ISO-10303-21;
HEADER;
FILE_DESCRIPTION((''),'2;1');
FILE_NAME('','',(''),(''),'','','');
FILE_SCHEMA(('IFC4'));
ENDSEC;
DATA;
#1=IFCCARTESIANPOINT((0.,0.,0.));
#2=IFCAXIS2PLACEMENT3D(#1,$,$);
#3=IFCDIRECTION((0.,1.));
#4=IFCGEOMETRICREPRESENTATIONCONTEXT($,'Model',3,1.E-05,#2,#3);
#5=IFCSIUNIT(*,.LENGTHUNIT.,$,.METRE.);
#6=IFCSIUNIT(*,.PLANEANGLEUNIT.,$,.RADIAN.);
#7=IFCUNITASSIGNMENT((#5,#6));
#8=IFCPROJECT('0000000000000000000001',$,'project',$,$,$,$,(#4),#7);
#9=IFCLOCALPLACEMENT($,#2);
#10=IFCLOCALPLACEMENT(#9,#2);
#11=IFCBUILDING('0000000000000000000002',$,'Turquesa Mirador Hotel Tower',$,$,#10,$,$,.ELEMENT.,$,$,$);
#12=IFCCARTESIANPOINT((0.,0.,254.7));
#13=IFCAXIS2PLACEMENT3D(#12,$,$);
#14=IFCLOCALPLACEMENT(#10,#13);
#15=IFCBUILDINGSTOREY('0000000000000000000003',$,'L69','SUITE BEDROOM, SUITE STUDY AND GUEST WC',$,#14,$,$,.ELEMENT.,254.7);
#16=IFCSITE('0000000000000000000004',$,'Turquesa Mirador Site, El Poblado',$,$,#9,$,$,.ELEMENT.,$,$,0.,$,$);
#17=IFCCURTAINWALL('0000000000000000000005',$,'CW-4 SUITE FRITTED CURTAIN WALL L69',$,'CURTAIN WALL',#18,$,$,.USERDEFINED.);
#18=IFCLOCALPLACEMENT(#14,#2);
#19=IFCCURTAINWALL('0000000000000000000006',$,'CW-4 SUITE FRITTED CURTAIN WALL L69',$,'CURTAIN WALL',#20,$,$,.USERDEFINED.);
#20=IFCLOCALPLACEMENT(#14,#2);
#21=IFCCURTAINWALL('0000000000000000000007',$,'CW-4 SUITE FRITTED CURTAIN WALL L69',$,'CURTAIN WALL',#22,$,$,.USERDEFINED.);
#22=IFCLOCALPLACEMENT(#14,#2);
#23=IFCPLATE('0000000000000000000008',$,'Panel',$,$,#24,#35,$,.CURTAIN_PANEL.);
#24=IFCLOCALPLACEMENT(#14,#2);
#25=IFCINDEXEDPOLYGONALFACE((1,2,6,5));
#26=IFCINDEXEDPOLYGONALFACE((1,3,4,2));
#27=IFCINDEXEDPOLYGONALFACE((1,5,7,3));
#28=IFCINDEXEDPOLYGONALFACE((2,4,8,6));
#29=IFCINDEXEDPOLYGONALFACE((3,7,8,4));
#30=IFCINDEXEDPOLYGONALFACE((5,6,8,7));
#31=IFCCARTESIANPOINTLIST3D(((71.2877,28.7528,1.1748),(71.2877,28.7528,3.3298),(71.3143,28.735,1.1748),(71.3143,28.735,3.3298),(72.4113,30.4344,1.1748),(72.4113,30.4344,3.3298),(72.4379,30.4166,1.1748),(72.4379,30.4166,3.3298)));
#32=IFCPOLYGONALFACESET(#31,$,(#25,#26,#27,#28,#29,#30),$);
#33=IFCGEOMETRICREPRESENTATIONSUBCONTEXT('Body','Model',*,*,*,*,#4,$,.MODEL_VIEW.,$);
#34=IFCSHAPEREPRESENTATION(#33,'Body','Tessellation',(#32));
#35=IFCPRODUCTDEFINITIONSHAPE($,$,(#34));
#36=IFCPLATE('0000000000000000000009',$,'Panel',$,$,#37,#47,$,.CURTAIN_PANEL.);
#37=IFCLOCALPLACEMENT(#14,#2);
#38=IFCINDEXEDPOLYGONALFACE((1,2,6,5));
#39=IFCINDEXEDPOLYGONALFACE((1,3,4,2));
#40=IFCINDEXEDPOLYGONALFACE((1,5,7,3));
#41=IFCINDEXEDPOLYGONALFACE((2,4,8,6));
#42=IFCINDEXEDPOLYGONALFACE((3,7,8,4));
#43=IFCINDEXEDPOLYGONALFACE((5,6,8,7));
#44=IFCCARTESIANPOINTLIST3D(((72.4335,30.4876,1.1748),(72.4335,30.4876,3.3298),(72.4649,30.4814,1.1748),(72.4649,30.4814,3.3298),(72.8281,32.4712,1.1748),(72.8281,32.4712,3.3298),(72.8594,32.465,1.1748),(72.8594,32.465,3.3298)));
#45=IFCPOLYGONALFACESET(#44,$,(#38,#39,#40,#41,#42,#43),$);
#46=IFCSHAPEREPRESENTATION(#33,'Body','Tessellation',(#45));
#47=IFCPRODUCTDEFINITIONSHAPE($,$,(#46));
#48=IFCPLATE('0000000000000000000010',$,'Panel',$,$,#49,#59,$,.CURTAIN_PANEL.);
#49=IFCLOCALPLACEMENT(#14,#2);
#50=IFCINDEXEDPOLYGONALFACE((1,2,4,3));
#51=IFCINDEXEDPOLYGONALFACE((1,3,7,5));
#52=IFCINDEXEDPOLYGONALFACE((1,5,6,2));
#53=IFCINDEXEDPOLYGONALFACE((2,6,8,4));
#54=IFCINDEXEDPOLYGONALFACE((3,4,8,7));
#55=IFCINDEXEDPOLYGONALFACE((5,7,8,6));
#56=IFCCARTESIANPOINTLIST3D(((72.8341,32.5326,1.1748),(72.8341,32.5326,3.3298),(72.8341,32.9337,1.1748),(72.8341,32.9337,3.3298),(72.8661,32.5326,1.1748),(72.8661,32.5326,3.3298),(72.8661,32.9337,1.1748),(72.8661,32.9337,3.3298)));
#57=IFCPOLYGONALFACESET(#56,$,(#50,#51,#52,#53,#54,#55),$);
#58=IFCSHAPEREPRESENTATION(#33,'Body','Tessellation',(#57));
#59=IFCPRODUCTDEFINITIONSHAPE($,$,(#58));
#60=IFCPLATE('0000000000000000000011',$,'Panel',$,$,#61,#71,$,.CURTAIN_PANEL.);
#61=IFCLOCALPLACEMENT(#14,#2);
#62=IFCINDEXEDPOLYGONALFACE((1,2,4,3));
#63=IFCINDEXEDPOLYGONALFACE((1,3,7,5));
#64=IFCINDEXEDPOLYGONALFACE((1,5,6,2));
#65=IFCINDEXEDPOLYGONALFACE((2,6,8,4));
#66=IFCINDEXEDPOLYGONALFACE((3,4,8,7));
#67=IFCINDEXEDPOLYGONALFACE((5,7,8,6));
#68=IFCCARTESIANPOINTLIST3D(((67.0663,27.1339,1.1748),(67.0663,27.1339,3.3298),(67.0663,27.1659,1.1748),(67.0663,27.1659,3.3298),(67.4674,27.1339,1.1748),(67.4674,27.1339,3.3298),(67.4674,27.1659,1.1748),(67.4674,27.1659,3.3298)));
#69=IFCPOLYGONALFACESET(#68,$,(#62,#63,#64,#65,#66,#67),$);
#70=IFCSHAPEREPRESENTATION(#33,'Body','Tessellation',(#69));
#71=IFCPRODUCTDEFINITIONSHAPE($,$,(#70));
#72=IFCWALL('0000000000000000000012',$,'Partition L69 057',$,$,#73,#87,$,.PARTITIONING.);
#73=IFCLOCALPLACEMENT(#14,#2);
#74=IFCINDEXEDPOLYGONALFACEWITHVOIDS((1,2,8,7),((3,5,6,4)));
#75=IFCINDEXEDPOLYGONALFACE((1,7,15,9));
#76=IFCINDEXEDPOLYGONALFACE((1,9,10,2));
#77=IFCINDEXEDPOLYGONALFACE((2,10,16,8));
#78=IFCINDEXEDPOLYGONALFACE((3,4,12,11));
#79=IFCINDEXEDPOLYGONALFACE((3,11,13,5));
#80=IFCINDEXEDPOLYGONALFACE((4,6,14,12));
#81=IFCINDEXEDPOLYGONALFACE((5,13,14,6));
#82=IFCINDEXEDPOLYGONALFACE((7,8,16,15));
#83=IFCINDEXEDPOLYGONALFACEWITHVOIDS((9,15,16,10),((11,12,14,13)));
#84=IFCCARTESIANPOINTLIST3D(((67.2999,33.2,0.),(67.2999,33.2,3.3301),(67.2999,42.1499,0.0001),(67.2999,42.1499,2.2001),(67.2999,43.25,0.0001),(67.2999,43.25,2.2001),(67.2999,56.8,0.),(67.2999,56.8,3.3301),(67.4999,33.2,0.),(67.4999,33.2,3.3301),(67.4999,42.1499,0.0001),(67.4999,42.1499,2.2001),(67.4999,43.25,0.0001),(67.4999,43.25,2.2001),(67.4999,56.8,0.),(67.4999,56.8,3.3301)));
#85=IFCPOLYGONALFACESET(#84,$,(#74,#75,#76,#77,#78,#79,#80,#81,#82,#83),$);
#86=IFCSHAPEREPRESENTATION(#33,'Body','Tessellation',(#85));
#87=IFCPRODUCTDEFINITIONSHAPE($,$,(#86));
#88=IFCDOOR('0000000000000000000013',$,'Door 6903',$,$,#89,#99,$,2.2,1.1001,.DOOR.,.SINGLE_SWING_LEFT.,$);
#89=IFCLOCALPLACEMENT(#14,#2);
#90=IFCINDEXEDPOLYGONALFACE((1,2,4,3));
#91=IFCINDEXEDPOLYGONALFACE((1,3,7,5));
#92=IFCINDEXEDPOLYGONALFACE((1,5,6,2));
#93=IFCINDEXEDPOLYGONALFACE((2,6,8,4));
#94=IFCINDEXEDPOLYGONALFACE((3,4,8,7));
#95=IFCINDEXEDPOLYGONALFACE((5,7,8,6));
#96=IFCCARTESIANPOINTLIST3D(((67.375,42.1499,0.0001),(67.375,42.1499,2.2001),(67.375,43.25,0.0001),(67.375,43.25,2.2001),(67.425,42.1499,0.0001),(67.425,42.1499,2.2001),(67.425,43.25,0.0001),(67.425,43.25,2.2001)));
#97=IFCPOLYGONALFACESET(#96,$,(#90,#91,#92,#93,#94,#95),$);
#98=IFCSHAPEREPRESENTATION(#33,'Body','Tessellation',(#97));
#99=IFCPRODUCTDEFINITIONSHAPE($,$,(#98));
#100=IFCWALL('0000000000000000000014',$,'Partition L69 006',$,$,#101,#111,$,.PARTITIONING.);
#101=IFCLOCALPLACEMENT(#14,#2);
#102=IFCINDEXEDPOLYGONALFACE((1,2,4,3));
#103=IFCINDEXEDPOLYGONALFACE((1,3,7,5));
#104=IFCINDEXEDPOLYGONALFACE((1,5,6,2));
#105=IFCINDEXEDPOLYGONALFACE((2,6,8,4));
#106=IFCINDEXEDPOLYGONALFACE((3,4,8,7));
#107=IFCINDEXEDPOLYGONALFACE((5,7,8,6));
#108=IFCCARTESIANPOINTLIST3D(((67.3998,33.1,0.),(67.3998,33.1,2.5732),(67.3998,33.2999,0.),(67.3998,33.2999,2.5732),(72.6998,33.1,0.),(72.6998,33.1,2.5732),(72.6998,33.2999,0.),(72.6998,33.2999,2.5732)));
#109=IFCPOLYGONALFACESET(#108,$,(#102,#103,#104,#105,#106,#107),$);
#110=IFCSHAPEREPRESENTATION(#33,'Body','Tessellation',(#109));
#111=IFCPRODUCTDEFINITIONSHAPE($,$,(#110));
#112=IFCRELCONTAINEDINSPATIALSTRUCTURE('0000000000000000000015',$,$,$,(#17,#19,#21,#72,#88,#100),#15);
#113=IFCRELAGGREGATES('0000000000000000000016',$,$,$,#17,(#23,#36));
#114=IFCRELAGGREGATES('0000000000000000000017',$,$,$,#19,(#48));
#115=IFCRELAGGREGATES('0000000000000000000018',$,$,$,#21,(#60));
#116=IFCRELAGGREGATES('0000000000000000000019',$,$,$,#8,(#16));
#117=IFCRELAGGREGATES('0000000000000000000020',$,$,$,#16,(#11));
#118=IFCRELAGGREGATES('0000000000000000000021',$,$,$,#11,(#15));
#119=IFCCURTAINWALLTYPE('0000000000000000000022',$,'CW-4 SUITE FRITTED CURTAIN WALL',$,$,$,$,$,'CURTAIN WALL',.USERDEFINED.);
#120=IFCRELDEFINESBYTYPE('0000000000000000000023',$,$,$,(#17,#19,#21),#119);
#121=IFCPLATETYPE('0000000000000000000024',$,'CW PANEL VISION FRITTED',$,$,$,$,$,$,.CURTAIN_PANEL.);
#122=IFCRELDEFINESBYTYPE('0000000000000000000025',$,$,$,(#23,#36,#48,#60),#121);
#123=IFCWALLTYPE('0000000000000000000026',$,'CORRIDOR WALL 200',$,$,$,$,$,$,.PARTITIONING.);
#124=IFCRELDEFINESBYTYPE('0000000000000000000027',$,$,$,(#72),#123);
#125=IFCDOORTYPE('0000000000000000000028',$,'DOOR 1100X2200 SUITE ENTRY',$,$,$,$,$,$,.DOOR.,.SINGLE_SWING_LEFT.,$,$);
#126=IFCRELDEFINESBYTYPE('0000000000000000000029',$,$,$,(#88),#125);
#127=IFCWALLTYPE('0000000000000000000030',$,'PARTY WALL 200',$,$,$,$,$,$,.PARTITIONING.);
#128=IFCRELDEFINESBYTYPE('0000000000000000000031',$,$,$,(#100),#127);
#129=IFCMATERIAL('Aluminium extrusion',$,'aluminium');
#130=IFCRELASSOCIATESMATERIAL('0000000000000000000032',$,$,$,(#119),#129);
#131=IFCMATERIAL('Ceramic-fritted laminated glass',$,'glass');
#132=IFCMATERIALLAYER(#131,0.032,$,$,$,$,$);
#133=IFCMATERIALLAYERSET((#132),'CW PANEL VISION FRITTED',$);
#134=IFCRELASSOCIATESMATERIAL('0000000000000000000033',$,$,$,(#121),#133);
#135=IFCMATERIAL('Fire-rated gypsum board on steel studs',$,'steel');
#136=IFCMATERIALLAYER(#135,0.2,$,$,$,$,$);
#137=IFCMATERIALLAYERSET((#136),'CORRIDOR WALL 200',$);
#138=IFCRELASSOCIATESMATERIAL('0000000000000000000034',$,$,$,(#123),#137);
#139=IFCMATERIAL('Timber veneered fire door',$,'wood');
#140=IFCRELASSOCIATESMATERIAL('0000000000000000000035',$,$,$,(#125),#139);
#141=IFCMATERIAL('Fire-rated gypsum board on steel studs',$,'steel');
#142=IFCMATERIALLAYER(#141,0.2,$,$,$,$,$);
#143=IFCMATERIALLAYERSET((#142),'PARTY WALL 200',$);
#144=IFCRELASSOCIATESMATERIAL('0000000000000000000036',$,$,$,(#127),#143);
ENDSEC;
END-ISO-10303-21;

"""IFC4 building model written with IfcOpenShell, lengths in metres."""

from ifc_helpers import new_model, si_unit, direction, frame, frame_2d, origin, origin_2d, place, context, subcontext, project, spatial, rectangle, extrude, material, layer, layer_set, type_object, element, fill, aggregate, save


model = new_model("IFC4")

# Units and contexts
model_context = context("Model", 3, precision=1e-05, world=origin(), true_north=direction((0.0, 1.0)))
body_context = subcontext(model_context, "Body", "Model", "MODEL_VIEW")
ifc_project = project(units=[si_unit("LENGTHUNIT", "METRE"), si_unit("PLANEANGLEUNIT", "RADIAN")], contexts=[model_context])

# Site, building, storey
site_placement = place(None, origin())
site = spatial("IfcSite", under=ifc_project, at=site_placement, Name="Turquesa Mirador Site, El Poblado", CompositionType="ELEMENT", RefElevation=0.0)
building_placement = place(site_placement, origin())
building = spatial("IfcBuilding", under=site, at=building_placement, Name="Turquesa Mirador Hotel Tower", CompositionType="ELEMENT")
storey_placement = place(building_placement, frame((0.0, 0.0, 254.7)))
storey = spatial("IfcBuildingStorey", under=building, at=storey_placement, Name="L69", Description="SUITE BEDROOM, SUITE STUDY AND GUEST WC", CompositionType="ELEMENT", Elevation=254.7)

# Curtain walls
ifc_material_1 = material(Name="Aluminium extrusion", Category="aluminium")
curtain_wall_type = type_object("IfcCurtainWallType", Name="CW-4 SUITE FRITTED CURTAIN WALL", ElementType="CURTAIN WALL", PredefinedType="USERDEFINED", material=ifc_material_1)
curtain_wall_1_placement = place(storey_placement, origin())
curtain_wall_1 = element("IfcCurtainWall", 1, at=curtain_wall_1_placement, inside=storey, type_object=curtain_wall_type, Name="CW-4 SUITE FRITTED CURTAIN WALL L69", ObjectType="CURTAIN WALL", PredefinedType="USERDEFINED")
curtain_wall_2_placement = place(storey_placement, origin())
curtain_wall_2 = element("IfcCurtainWall", 2, at=curtain_wall_2_placement, inside=storey, type_object=curtain_wall_type, Name="CW-4 SUITE FRITTED CURTAIN WALL L69", ObjectType="CURTAIN WALL", PredefinedType="USERDEFINED")

# Curtain wall
curtain_wall_3_placement = place(storey_placement, origin())
curtain_wall_3 = element("IfcCurtainWall", 3, at=curtain_wall_3_placement, inside=storey, type_object=curtain_wall_type, Name="CW-4 SUITE FRITTED CURTAIN WALL L69", ObjectType="CURTAIN WALL", PredefinedType="USERDEFINED")

# Plates
ifc_material_2 = material(Name="Ceramic-fritted laminated glass", Category="glass")
ifc_layer_1 = layer(ifc_material_2, 0.032)
ifc_layer_set_1 = layer_set([ifc_layer_1], Name="CW PANEL VISION FRITTED")
plate_type_1 = type_object("IfcPlateType", Name="CW PANEL VISION FRITTED", PredefinedType="CURTAIN_PANEL", material=ifc_layer_set_1)
plate_1_placement = place(storey_placement, frame((71.8628, 29.5847, 1.1748), z_axis=(0.0, 0.0, 1.0), x_axis=(0.55557, 0.83147, 0.0)))
plate_1 = element("IfcPlate", 4, at=plate_1_placement, type_object=plate_type_1, Name="Panel", PredefinedType="CURTAIN_PANEL", context=body_context, shape_type="SweptSolid", body=[
    extrude(rectangle(XDim=2.0225, YDim=0.032, at=origin_2d()), origin(), (0.0, 0.0, 1.0), 2.155),
])
plate_2_placement = place(storey_placement, frame((72.6465, 31.4763, 1.1748), z_axis=(0.0, 0.0, 1.0), x_axis=(0.195091, 0.980785, 0.0)))
plate_2 = element("IfcPlate", 5, at=plate_2_placement, type_object=plate_type_1, Name="Panel", PredefinedType="CURTAIN_PANEL", context=body_context, shape_type="SweptSolid", body=[
    extrude(rectangle(XDim=2.0225, YDim=0.032, at=origin_2d()), origin(), (0.0, 0.0, 1.0), 2.155),
])
aggregate(curtain_wall_1, [plate_1, plate_2])
plate_3_placement = place(storey_placement, frame((72.8501, 32.7332, 1.1748), z_axis=(0.0, 0.0, 1.0), x_axis=(0.0, 1.0, 0.0)))
plate_3 = element("IfcPlate", 6, at=plate_3_placement, type_object=plate_type_1, Name="Panel", PredefinedType="CURTAIN_PANEL", context=body_context, shape_type="SweptSolid", body=[
    extrude(rectangle(XDim=0.4011, YDim=0.032, at=origin_2d()), origin(), (0.0, 0.0, 1.0), 2.155),
])
aggregate(curtain_wall_2, [plate_3])
plate_4_placement = place(storey_placement, frame((67.2668, 27.1499, 1.1748), z_axis=(0.0, 0.0, 1.0), x_axis=(1.0, 0.0, 0.0)))
plate_4 = element("IfcPlate", 7, at=plate_4_placement, type_object=plate_type_1, Name="Panel", PredefinedType="CURTAIN_PANEL", context=body_context, shape_type="SweptSolid", body=[
    extrude(rectangle(XDim=0.4011, YDim=0.032, at=origin_2d()), origin(), (0.0, 0.0, 1.0), 2.155),
])
aggregate(curtain_wall_3, [plate_4])

# Wall, opening, door
ifc_material_3 = material(Name="Fire-rated gypsum board on steel studs", Category="steel")
ifc_layer_2 = layer(ifc_material_3, 0.2)
ifc_layer_set_2 = layer_set([ifc_layer_2], Name="CORRIDOR WALL 200")
wall_type_1 = type_object("IfcWallType", Name="CORRIDOR WALL 200", PredefinedType="PARTITIONING", material=ifc_layer_set_2)
wall_1_placement = place(storey_placement, frame((67.3999, 33.2, 0.0), z_axis=(0.0, 0.0, 1.0), x_axis=(0.0, 1.0, 0.0)))
wall_1 = element("IfcWall", 8, at=wall_1_placement, inside=storey, type_object=wall_type_1, Name="Partition L69 057", PredefinedType="PARTITIONING", context=body_context, shape_type="SweptSolid", body=[
    extrude(rectangle(XDim=23.6001, YDim=0.2, at=frame_2d((11.8, 0.0))), origin(), (0.0, 0.0, 1.0), 3.3301),
])
opening_placement = place(wall_1_placement, frame((8.95, 0.0, 0.0)))
opening = element("IfcOpeningElement", 9, at=opening_placement, cuts=wall_1, PredefinedType="OPENING", context=body_context, shape_type="SweptSolid", body=[
    extrude(rectangle(XDim=1.1001, YDim=2.2, at=frame_2d((0.55, 1.1001))), frame((0.0, 0.1099, 0.0), z_axis=(0.0, -1.0, 0.0), x_axis=(1.0, 0.0, 0.0)), (0.0, 0.0, 1.0), 0.22),
])
ifc_material_4 = material(Name="Timber veneered fire door", Category="wood")
door_type = type_object("IfcDoorType", Name="DOOR 1100X2200 SUITE ENTRY", OperationType="SINGLE_SWING_LEFT", PredefinedType="DOOR", material=ifc_material_4)
door_placement = place(opening_placement, origin())
door = element("IfcDoor", 10, at=door_placement, inside=storey, type_object=door_type, Name="Door 6903", OperationType="SINGLE_SWING_LEFT", OverallHeight=2.2, OverallWidth=1.1001, PredefinedType="DOOR", context=body_context, shape_type="SweptSolid", body=[
    extrude(rectangle(XDim=1.1001, YDim=2.2, at=frame_2d((0.55, 1.1001))), frame((0.0, 0.0249, 0.0), z_axis=(0.0, -1.0, 0.0), x_axis=(1.0, 0.0, 0.0)), (0.0, 0.0, 1.0), 0.05),
])
fill(opening, door)

# Wall
ifc_material_5 = material(Name="Fire-rated gypsum board on steel studs", Category="steel")
ifc_layer_3 = layer(ifc_material_5, 0.2)
ifc_layer_set_3 = layer_set([ifc_layer_3], Name="PARTY WALL 200")
wall_type_2 = type_object("IfcWallType", Name="PARTY WALL 200", PredefinedType="PARTITIONING", material=ifc_layer_set_3)
wall_2_placement = place(storey_placement, frame((67.3999, 33.2, 0.0), z_axis=(0.0, 0.0, 1.0), x_axis=(1.0, 0.0, 0.0)))
element("IfcWall", 11, at=wall_2_placement, inside=storey, type_object=wall_type_2, Name="Partition L69 006", PredefinedType="PARTITIONING", context=body_context, shape_type="SweptSolid", body=[
    extrude(rectangle(XDim=5.3, YDim=0.2, at=frame_2d((2.6499, 0.0))), origin(), (0.0, 0.0, 1.0), 2.5732),
])

save(model, "model.ifc")
